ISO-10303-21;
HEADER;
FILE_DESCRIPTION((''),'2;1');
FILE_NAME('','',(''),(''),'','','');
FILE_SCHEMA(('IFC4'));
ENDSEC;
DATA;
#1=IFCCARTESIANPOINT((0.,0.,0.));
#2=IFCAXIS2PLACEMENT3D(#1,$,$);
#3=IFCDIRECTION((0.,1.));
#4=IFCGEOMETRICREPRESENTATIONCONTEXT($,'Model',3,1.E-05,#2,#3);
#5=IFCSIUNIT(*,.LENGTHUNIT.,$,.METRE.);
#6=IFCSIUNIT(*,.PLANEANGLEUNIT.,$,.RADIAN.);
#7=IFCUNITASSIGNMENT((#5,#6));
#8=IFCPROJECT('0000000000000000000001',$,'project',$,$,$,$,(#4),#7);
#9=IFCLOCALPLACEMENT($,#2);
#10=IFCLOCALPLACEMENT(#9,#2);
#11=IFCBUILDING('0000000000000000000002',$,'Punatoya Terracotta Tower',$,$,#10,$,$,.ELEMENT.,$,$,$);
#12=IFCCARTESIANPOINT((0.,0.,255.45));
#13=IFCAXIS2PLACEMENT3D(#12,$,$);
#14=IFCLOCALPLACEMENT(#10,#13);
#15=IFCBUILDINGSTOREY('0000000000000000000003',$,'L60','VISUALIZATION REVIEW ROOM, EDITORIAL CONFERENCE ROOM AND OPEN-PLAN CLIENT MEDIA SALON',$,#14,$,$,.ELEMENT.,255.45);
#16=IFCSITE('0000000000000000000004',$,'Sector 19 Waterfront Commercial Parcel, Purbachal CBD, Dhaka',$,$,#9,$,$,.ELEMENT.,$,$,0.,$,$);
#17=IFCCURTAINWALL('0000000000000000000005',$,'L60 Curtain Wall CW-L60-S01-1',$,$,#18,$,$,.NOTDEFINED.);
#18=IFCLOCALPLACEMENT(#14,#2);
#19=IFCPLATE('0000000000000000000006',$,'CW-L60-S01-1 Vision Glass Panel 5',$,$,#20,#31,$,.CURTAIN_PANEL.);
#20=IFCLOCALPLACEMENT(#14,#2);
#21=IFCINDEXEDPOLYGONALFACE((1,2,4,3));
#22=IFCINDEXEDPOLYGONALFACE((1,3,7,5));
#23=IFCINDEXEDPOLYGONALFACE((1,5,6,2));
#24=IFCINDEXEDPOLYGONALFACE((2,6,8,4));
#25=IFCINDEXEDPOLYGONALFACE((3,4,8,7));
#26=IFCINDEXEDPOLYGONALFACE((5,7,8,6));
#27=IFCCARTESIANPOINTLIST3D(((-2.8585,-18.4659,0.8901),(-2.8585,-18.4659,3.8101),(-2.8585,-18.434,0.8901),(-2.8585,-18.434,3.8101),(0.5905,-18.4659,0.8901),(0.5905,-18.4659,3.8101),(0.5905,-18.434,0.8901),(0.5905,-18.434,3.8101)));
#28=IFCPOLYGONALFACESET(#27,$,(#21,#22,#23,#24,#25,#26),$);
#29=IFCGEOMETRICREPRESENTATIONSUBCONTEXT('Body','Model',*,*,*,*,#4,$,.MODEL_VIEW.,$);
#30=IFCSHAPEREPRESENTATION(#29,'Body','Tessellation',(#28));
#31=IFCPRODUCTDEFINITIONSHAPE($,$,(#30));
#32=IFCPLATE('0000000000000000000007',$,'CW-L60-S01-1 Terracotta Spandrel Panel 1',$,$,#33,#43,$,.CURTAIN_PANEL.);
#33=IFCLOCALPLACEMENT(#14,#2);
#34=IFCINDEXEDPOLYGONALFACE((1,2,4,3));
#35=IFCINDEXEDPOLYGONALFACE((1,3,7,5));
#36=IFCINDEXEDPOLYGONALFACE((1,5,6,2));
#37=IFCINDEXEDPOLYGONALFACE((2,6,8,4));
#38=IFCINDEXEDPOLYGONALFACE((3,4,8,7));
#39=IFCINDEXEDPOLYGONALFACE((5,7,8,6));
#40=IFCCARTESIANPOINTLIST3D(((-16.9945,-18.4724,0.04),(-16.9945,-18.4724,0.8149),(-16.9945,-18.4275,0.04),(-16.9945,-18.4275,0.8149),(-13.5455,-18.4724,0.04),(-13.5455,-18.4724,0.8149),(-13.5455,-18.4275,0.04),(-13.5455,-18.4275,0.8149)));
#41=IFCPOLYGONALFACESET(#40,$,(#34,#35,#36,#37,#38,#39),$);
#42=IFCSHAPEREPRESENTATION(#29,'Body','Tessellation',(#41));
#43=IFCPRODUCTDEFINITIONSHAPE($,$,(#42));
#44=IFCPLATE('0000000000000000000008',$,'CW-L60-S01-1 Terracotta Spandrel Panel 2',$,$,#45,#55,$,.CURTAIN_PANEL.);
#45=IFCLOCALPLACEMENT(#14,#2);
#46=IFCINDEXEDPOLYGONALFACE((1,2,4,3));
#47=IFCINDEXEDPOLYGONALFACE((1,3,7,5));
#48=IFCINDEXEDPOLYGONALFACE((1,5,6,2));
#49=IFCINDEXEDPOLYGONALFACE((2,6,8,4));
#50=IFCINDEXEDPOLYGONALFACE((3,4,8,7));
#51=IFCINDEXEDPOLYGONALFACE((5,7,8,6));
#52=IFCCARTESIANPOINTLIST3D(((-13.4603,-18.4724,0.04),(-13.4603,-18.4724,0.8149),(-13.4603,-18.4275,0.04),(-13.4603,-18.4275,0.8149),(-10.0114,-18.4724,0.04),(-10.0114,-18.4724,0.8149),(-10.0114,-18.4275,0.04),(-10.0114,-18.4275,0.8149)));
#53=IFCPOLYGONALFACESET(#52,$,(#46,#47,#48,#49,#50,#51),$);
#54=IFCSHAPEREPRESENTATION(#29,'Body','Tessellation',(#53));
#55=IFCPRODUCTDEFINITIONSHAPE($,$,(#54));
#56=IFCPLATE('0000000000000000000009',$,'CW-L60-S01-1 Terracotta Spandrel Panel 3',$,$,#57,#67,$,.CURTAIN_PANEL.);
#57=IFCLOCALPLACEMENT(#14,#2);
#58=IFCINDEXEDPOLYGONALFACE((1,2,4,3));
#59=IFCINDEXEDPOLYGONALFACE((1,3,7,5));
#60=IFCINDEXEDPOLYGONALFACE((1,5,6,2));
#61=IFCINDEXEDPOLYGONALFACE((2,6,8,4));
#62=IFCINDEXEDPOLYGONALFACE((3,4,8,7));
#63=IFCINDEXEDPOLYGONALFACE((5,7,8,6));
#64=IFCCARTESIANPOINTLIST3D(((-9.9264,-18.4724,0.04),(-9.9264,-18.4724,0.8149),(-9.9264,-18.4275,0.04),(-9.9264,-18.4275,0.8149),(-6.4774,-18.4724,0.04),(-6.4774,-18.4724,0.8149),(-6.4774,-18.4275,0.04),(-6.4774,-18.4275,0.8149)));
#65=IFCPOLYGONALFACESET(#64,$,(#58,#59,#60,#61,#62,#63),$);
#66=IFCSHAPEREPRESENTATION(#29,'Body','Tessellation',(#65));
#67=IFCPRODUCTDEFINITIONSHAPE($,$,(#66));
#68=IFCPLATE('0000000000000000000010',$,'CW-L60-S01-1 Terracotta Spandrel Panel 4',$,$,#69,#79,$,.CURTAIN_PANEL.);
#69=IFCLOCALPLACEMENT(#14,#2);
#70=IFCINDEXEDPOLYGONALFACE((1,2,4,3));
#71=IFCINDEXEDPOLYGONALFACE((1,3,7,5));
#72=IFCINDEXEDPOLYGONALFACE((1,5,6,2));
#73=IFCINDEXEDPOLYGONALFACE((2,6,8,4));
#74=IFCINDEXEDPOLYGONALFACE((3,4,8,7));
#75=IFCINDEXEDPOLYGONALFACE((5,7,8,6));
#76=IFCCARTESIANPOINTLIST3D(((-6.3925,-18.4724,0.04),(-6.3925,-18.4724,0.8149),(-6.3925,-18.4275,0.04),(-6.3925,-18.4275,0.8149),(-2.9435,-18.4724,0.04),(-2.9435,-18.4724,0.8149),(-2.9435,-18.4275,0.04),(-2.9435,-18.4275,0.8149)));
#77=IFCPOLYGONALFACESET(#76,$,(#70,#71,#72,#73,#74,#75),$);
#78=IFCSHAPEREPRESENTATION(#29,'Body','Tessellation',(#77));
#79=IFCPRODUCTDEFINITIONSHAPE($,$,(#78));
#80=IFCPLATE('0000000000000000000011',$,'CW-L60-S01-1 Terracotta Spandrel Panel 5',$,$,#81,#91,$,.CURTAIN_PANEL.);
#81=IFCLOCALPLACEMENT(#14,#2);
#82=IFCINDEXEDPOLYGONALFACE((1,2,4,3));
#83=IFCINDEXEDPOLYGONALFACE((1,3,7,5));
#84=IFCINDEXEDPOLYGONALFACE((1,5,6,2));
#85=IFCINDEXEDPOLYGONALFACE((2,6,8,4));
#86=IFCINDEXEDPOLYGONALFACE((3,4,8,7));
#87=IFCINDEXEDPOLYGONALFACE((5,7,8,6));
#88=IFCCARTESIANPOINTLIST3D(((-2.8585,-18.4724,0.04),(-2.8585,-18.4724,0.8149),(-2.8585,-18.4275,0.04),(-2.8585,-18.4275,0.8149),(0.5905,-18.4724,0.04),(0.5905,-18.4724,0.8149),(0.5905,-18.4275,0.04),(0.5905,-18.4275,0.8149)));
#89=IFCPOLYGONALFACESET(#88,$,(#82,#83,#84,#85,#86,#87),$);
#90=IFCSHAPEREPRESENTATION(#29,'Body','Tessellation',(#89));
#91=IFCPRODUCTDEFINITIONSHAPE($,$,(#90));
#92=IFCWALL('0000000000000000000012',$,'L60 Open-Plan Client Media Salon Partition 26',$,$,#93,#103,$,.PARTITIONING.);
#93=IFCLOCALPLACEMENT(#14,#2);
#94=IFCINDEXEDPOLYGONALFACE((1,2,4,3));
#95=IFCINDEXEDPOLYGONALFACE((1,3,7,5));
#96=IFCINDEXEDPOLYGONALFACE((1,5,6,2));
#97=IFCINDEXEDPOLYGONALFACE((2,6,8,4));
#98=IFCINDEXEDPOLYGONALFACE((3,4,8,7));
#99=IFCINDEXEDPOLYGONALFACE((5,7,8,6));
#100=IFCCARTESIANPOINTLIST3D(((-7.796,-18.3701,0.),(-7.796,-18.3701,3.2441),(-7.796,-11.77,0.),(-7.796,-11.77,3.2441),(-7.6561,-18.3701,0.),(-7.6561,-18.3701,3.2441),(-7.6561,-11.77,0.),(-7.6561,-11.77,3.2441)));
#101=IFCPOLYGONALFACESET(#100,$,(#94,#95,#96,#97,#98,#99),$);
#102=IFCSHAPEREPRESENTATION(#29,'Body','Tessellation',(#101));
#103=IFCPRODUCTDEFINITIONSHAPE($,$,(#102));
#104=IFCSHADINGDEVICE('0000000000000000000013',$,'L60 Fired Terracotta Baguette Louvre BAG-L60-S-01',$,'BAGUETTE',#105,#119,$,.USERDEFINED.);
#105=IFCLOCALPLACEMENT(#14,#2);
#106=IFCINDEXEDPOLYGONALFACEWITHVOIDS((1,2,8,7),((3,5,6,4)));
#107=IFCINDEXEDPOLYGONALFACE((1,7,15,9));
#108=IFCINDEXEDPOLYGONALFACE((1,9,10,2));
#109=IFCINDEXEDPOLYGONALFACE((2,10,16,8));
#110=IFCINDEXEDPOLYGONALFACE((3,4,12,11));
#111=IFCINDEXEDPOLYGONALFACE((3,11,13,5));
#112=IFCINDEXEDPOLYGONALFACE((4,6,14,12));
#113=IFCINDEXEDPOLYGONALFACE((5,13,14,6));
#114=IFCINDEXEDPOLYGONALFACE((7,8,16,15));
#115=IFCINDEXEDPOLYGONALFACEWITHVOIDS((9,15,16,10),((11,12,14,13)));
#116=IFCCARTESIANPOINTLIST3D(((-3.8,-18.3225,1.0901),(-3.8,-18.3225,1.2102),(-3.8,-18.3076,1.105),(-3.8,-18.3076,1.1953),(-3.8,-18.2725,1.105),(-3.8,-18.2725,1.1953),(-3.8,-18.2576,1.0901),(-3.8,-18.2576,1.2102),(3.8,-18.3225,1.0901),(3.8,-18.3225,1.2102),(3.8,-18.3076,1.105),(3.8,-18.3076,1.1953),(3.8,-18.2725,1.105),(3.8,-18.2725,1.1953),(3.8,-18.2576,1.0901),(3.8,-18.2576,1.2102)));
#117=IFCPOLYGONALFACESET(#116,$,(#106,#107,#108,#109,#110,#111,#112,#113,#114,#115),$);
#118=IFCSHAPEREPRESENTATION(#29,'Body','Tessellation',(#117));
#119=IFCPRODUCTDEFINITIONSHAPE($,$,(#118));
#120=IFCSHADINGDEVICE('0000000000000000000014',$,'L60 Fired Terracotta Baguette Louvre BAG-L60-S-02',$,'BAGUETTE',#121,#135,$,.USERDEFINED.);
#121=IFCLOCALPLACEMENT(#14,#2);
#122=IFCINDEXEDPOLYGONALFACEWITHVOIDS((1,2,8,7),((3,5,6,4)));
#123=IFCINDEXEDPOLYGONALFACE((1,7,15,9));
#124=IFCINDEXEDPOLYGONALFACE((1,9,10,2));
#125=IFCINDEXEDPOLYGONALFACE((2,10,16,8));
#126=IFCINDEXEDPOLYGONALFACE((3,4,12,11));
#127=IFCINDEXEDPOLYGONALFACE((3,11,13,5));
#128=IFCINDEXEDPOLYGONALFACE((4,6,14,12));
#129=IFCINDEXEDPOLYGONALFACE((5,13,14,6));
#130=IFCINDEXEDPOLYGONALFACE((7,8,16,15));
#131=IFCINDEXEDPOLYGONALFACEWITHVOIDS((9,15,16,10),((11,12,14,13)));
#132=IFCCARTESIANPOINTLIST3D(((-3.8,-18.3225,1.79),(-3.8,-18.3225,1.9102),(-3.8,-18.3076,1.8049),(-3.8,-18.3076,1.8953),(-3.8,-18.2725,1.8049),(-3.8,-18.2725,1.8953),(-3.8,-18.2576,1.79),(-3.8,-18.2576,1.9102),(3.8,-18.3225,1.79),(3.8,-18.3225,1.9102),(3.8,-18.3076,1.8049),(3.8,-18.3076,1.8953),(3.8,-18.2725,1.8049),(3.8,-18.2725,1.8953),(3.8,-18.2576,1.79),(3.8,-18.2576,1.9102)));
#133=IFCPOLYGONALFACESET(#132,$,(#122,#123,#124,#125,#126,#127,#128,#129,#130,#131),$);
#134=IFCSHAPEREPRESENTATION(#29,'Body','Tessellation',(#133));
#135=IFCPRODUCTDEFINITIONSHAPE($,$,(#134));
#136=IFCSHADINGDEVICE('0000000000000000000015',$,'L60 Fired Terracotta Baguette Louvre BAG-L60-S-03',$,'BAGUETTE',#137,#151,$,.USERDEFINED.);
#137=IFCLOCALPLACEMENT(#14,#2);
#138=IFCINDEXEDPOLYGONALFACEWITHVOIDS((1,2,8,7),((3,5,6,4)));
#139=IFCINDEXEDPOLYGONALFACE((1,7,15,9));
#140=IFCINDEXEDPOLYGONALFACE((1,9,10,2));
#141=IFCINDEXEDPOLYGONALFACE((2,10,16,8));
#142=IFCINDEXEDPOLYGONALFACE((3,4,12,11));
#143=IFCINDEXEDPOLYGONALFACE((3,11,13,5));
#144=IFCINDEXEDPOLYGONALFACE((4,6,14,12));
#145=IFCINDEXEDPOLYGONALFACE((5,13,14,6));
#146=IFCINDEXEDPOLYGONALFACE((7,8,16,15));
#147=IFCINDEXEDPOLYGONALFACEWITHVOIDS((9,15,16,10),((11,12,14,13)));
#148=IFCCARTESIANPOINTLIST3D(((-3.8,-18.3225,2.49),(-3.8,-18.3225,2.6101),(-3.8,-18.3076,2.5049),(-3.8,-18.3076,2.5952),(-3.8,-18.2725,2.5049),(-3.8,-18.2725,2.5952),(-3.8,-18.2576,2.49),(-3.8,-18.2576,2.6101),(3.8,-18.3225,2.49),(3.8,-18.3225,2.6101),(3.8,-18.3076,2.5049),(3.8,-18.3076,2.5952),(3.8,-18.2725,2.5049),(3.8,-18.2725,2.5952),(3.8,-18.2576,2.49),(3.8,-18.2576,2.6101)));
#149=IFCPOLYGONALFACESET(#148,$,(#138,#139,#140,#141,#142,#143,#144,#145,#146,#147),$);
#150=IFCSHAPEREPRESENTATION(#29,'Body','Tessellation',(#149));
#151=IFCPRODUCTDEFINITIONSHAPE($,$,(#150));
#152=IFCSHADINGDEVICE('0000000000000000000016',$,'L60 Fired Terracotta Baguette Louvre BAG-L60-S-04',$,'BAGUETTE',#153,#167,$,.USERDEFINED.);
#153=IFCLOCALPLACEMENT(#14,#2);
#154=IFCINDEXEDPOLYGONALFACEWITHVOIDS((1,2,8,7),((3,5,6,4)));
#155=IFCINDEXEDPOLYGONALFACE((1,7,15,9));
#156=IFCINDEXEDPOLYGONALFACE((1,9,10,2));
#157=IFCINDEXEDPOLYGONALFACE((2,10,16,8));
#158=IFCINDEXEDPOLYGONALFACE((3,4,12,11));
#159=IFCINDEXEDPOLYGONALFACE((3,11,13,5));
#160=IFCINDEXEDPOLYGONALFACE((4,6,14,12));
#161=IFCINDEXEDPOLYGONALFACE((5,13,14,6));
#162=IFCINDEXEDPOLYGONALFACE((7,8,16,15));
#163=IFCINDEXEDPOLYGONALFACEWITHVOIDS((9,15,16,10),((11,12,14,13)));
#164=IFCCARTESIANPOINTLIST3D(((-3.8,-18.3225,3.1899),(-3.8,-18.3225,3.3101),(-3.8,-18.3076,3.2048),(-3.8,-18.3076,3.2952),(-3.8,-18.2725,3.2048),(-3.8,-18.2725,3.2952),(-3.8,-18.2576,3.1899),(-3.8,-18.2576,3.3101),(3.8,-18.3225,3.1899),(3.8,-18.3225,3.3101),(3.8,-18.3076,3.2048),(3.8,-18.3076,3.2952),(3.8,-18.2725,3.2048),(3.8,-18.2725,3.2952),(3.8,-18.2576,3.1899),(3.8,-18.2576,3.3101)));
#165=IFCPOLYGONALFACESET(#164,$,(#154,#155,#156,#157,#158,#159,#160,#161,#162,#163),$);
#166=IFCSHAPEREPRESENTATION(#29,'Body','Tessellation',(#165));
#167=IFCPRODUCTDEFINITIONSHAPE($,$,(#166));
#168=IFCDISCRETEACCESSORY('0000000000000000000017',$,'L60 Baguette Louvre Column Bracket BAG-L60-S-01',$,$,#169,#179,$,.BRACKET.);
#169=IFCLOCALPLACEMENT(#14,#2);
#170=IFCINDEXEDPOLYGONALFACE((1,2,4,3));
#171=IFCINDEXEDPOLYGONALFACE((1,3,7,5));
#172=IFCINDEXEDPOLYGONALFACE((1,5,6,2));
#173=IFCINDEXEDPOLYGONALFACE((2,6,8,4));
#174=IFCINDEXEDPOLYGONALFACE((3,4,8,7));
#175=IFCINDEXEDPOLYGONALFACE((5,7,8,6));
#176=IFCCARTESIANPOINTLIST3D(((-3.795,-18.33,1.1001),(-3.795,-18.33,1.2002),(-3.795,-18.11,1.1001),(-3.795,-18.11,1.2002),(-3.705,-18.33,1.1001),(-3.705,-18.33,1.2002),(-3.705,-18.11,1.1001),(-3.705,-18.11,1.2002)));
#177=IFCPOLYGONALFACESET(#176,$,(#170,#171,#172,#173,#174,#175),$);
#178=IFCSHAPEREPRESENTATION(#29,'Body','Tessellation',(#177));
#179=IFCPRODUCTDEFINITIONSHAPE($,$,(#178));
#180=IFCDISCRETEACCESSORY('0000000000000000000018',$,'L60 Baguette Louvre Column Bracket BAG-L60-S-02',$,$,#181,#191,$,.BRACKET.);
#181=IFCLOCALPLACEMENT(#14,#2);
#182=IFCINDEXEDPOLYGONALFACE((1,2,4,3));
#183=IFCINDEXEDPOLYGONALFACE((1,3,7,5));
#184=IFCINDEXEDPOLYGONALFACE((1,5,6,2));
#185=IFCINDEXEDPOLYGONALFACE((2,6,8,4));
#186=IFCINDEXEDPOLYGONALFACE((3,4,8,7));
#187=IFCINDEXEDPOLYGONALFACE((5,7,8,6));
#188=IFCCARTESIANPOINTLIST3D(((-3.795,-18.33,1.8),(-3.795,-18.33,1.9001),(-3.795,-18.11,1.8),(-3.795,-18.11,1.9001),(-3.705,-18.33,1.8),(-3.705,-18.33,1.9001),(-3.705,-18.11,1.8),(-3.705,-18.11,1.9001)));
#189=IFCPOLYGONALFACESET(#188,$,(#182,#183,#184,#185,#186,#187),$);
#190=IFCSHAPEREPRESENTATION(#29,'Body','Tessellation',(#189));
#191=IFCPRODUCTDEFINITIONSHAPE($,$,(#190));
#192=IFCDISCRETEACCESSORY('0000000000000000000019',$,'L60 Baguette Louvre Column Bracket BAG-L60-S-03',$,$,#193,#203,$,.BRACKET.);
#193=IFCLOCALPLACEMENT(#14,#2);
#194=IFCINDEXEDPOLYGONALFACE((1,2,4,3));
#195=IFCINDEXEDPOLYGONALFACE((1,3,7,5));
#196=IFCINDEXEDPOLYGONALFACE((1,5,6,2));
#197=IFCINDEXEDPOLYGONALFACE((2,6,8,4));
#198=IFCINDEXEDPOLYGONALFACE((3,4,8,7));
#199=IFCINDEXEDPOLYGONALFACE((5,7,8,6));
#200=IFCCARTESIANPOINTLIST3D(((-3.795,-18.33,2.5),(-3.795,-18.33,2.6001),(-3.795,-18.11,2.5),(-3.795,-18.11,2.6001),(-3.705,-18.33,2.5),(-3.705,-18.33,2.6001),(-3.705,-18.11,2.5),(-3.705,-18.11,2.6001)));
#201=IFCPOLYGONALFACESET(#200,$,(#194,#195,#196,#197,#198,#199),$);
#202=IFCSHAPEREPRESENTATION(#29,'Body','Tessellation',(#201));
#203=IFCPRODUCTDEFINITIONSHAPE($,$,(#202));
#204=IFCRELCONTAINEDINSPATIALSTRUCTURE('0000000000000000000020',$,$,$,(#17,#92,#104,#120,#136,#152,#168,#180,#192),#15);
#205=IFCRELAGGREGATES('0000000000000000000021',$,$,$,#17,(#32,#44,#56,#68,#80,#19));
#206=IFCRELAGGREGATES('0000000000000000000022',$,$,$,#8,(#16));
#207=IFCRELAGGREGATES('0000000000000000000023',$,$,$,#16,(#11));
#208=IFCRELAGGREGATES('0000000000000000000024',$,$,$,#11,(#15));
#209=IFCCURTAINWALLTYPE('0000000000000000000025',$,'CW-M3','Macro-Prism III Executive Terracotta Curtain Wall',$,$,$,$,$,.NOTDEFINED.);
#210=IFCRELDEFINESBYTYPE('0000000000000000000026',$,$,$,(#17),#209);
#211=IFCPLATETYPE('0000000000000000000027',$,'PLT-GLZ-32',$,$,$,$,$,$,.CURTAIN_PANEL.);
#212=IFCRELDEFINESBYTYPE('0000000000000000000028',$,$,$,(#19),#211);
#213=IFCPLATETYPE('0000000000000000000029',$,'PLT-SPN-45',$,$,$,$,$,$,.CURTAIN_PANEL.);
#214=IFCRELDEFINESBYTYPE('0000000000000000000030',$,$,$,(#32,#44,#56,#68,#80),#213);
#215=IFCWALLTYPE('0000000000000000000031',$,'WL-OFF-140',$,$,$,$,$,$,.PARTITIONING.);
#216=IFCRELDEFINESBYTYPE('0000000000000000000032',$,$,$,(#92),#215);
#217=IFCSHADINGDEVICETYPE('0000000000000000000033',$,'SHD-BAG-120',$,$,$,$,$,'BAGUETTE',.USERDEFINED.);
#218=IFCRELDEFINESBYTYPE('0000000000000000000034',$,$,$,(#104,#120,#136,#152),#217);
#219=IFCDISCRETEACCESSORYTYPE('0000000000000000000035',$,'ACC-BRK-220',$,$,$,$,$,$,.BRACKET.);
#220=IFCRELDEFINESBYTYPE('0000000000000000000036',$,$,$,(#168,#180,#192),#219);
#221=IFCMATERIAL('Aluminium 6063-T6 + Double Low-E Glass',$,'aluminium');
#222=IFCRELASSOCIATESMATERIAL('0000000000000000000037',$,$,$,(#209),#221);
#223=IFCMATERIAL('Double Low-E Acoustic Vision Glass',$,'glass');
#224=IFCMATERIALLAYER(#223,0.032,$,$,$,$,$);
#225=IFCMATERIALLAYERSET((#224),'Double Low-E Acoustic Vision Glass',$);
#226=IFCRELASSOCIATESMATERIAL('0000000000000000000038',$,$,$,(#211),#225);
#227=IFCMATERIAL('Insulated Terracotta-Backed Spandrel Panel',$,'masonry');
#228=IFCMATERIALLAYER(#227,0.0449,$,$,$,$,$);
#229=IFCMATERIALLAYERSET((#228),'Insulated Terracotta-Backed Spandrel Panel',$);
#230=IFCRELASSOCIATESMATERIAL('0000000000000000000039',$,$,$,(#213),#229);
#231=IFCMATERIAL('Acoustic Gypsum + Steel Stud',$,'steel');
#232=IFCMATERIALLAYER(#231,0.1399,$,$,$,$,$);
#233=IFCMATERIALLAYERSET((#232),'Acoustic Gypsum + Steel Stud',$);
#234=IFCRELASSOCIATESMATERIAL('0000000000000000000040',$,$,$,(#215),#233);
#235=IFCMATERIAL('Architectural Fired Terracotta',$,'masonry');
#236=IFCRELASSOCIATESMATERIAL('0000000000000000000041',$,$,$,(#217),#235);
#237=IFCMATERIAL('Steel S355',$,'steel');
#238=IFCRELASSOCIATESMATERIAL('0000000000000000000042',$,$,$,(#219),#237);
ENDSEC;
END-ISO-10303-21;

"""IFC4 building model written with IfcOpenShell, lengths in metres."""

from ifc_helpers import new_model, si_unit, direction, frame, frame_2d, origin, origin_2d, place, context, subcontext, project, spatial, rectangle, hollow_rectangle, extrude, material, layer, layer_set, material_profile, profile_set, type_object, element, aggregate, save


model = new_model("IFC4")

# Units and contexts
model_context = context("Model", 3, precision=1e-05, world=origin(), true_north=direction((0.0, 1.0)))
body_context = subcontext(model_context, "Body", "Model", "MODEL_VIEW")
ifc_project = project(units=[si_unit("LENGTHUNIT", "METRE"), si_unit("PLANEANGLEUNIT", "RADIAN")], contexts=[model_context])

# Site, building, storey
site_placement = place(None, origin())
site = spatial("IfcSite", under=ifc_project, at=site_placement, Name="Sector 19 Waterfront Commercial Parcel, Purbachal CBD, Dhaka", CompositionType="ELEMENT", RefElevation=0.0)
building_placement = place(site_placement, origin())
building = spatial("IfcBuilding", under=site, at=building_placement, Name="Punatoya Terracotta Tower", CompositionType="ELEMENT")
storey_placement = place(building_placement, frame((0.0, 0.0, 255.45)))
storey = spatial("IfcBuildingStorey", under=building, at=storey_placement, Name="L60", Description="VISUALIZATION REVIEW ROOM, EDITORIAL CONFERENCE ROOM AND OPEN-PLAN CLIENT MEDIA SALON", CompositionType="ELEMENT", Elevation=255.45)

# Curtain wall, plates
ifc_material_1 = material(Name="Aluminium 6063-T6 + Double Low-E Glass", Category="aluminium")
curtain_wall_type = type_object("IfcCurtainWallType", Name="CW-M3", Description="Macro-Prism III Executive Terracotta Curtain Wall", PredefinedType="NOTDEFINED", material=ifc_material_1)
curtain_wall_placement = place(storey_placement, origin())
curtain_wall = element("IfcCurtainWall", 1, at=curtain_wall_placement, inside=storey, type_object=curtain_wall_type, Name="L60 Curtain Wall CW-L60-S01-1", PredefinedType="NOTDEFINED")
ifc_material_2 = material(Name="Double Low-E Acoustic Vision Glass", Category="glass")
ifc_layer_1 = layer(ifc_material_2, 0.032)
ifc_layer_set_1 = layer_set([ifc_layer_1], Name="Double Low-E Acoustic Vision Glass")
plate_type_1 = type_object("IfcPlateType", Name="PLT-GLZ-32", PredefinedType="CURTAIN_PANEL", material=ifc_layer_set_1)
plate_1_placement = place(storey_placement, frame((-1.134, -18.45, 0.8901), z_axis=(0.0, 0.0, 1.0), x_axis=(1.0, 0.0, 0.0)))
plate_1 = element("IfcPlate", 2, at=plate_1_placement, type_object=plate_type_1, Name="CW-L60-S01-1 Vision Glass Panel 5", PredefinedType="CURTAIN_PANEL", context=body_context, shape_type="SweptSolid", body=[
    extrude(rectangle(XDim=3.449, YDim=0.032, at=origin_2d()), origin(), (0.0, 0.0, 1.0), 2.9199),
])
ifc_material_3 = material(Name="Insulated Terracotta-Backed Spandrel Panel", Category="masonry")
ifc_layer_2 = layer(ifc_material_3, 0.0449)
ifc_layer_set_2 = layer_set([ifc_layer_2], Name="Insulated Terracotta-Backed Spandrel Panel")
plate_type_2 = type_object("IfcPlateType", Name="PLT-SPN-45", PredefinedType="CURTAIN_PANEL", material=ifc_layer_set_2)
plate_2_placement = place(storey_placement, frame((-15.27, -18.45, 0.04), z_axis=(0.0, 0.0, 1.0), x_axis=(1.0, 0.0, 0.0)))
plate_2 = element("IfcPlate", 3, at=plate_2_placement, type_object=plate_type_2, Name="CW-L60-S01-1 Terracotta Spandrel Panel 1", PredefinedType="CURTAIN_PANEL", context=body_context, shape_type="SweptSolid", body=[
    extrude(rectangle(XDim=3.449, YDim=0.0449, at=origin_2d()), origin(), (0.0, 0.0, 1.0), 0.7749),
])
plate_3_placement = place(storey_placement, frame((-11.7358, -18.45, 0.04), z_axis=(0.0, 0.0, 1.0), x_axis=(1.0, 0.0, 0.0)))
plate_3 = element("IfcPlate", 4, at=plate_3_placement, type_object=plate_type_2, Name="CW-L60-S01-1 Terracotta Spandrel Panel 2", PredefinedType="CURTAIN_PANEL", context=body_context, shape_type="SweptSolid", body=[
    extrude(rectangle(XDim=3.449, YDim=0.0449, at=origin_2d()), origin(), (0.0, 0.0, 1.0), 0.7749),
])
plate_4_placement = place(storey_placement, frame((-8.2019, -18.45, 0.04), z_axis=(0.0, 0.0, 1.0), x_axis=(1.0, 0.0, 0.0)))
plate_4 = element("IfcPlate", 5, at=plate_4_placement, type_object=plate_type_2, Name="CW-L60-S01-1 Terracotta Spandrel Panel 3", PredefinedType="CURTAIN_PANEL", context=body_context, shape_type="SweptSolid", body=[
    extrude(rectangle(XDim=3.449, YDim=0.0449, at=origin_2d()), origin(), (0.0, 0.0, 1.0), 0.7749),
])
plate_5_placement = place(storey_placement, frame((-4.668, -18.45, 0.04), z_axis=(0.0, 0.0, 1.0), x_axis=(1.0, 0.0, 0.0)))
plate_5 = element("IfcPlate", 6, at=plate_5_placement, type_object=plate_type_2, Name="CW-L60-S01-1 Terracotta Spandrel Panel 4", PredefinedType="CURTAIN_PANEL", context=body_context, shape_type="SweptSolid", body=[
    extrude(rectangle(XDim=3.449, YDim=0.0449, at=origin_2d()), origin(), (0.0, 0.0, 1.0), 0.7749),
])
plate_6_placement = place(storey_placement, frame((-1.134, -18.45, 0.04), z_axis=(0.0, 0.0, 1.0), x_axis=(1.0, 0.0, 0.0)))
plate_6 = element("IfcPlate", 7, at=plate_6_placement, type_object=plate_type_2, Name="CW-L60-S01-1 Terracotta Spandrel Panel 5", PredefinedType="CURTAIN_PANEL", context=body_context, shape_type="SweptSolid", body=[
    extrude(rectangle(XDim=3.449, YDim=0.0449, at=origin_2d()), origin(), (0.0, 0.0, 1.0), 0.7749),
])
aggregate(curtain_wall, [plate_2, plate_3, plate_4, plate_5, plate_6, plate_1])

# Wall
ifc_material_4 = material(Name="Acoustic Gypsum + Steel Stud", Category="steel")
ifc_layer_3 = layer(ifc_material_4, 0.1399)
ifc_layer_set_3 = layer_set([ifc_layer_3], Name="Acoustic Gypsum + Steel Stud")
wall_type = type_object("IfcWallType", Name="WL-OFF-140", PredefinedType="PARTITIONING", material=ifc_layer_set_3)
wall_placement = place(storey_placement, frame((-7.7261, -18.3701, 0.0), z_axis=(0.0, 0.0, 1.0), x_axis=(0.0, 1.0, 0.0)))
element("IfcWall", 8, at=wall_placement, inside=storey, type_object=wall_type, Name="L60 Open-Plan Client Media Salon Partition 26", PredefinedType="PARTITIONING", context=body_context, shape_type="SweptSolid", body=[
    extrude(rectangle(XDim=6.6001, YDim=0.1399, at=frame_2d((3.3, 0.0))), origin(), (0.0, 0.0, 1.0), 3.2441),
])

# Shading devices
ifc_material_5 = material(Name="Architectural Fired Terracotta", Category="masonry")
ifc_material_profile_1 = material_profile(ifc_material_5, hollow_rectangle(XDim=0.0649, YDim=0.1201, WallThickness=0.0149, at=origin_2d()))
ifc_profile_set_1 = profile_set([ifc_material_profile_1], Name="Architectural Fired Terracotta")
shading_device_type = type_object("IfcShadingDeviceType", Name="SHD-BAG-120", ElementType="BAGUETTE", PredefinedType="USERDEFINED", material=ifc_profile_set_1)
for number, where, z_axis, x_axis, name in (
    (9, (-3.8, -18.29, 1.1501), (1.0, 0.0, 0.0), (0.0, 1.0, 0.0), "L60 Fired Terracotta Baguette Louvre BAG-L60-S-01"),
    (10, (-3.8, -18.29, 1.8501), (1.0, 0.0, 0.0), (0.0, 1.0, 0.0), "L60 Fired Terracotta Baguette Louvre BAG-L60-S-02"),
    (11, (-3.8, -18.29, 2.55), (1.0, 0.0, 0.0), (0.0, 1.0, 0.0), "L60 Fired Terracotta Baguette Louvre BAG-L60-S-03"),
    (12, (-3.8, -18.29, 3.25), (1.0, 0.0, 0.0), (0.0, 1.0, 0.0), "L60 Fired Terracotta Baguette Louvre BAG-L60-S-04"),
):
    element("IfcShadingDevice", number, at=place(storey_placement, frame(where, z_axis=z_axis, x_axis=x_axis)), inside=storey, type_object=shading_device_type, Name=name, ObjectType="BAGUETTE", PredefinedType="USERDEFINED", context=body_context, shape_type="SweptSolid", body=[
        extrude(hollow_rectangle(XDim=0.0649, YDim=0.1201, WallThickness=0.0149, at=origin_2d()), origin(), (0.0, 0.0, 1.0), 7.6001),
    ])

# Discrete accessories
ifc_material_6 = material(Name="Steel S355", Category="steel")
discrete_accessory_type = type_object("IfcDiscreteAccessoryType", Name="ACC-BRK-220", PredefinedType="BRACKET", material=ifc_material_6)
for number, where, z_axis, x_axis, name in (
    (13, (-3.75, -18.22, 1.1001), (0.0, 0.0, 1.0), (1.0, 0.0, 0.0), "L60 Baguette Louvre Column Bracket BAG-L60-S-01"),
    (14, (-3.75, -18.22, 1.8), (0.0, 0.0, 1.0), (1.0, 0.0, 0.0), "L60 Baguette Louvre Column Bracket BAG-L60-S-02"),
    (15, (-3.75, -18.22, 2.5), (0.0, 0.0, 1.0), (1.0, 0.0, 0.0), "L60 Baguette Louvre Column Bracket BAG-L60-S-03"),
):
    element("IfcDiscreteAccessory", number, at=place(storey_placement, frame(where, z_axis=z_axis, x_axis=x_axis)), inside=storey, type_object=discrete_accessory_type, Name=name, PredefinedType="BRACKET", context=body_context, shape_type="SweptSolid", body=[
        extrude(rectangle(XDim=0.0901, YDim=0.22, at=origin_2d()), origin(), (0.0, 0.0, 1.0), 0.1001),
    ])

save(model, "model.ifc")
